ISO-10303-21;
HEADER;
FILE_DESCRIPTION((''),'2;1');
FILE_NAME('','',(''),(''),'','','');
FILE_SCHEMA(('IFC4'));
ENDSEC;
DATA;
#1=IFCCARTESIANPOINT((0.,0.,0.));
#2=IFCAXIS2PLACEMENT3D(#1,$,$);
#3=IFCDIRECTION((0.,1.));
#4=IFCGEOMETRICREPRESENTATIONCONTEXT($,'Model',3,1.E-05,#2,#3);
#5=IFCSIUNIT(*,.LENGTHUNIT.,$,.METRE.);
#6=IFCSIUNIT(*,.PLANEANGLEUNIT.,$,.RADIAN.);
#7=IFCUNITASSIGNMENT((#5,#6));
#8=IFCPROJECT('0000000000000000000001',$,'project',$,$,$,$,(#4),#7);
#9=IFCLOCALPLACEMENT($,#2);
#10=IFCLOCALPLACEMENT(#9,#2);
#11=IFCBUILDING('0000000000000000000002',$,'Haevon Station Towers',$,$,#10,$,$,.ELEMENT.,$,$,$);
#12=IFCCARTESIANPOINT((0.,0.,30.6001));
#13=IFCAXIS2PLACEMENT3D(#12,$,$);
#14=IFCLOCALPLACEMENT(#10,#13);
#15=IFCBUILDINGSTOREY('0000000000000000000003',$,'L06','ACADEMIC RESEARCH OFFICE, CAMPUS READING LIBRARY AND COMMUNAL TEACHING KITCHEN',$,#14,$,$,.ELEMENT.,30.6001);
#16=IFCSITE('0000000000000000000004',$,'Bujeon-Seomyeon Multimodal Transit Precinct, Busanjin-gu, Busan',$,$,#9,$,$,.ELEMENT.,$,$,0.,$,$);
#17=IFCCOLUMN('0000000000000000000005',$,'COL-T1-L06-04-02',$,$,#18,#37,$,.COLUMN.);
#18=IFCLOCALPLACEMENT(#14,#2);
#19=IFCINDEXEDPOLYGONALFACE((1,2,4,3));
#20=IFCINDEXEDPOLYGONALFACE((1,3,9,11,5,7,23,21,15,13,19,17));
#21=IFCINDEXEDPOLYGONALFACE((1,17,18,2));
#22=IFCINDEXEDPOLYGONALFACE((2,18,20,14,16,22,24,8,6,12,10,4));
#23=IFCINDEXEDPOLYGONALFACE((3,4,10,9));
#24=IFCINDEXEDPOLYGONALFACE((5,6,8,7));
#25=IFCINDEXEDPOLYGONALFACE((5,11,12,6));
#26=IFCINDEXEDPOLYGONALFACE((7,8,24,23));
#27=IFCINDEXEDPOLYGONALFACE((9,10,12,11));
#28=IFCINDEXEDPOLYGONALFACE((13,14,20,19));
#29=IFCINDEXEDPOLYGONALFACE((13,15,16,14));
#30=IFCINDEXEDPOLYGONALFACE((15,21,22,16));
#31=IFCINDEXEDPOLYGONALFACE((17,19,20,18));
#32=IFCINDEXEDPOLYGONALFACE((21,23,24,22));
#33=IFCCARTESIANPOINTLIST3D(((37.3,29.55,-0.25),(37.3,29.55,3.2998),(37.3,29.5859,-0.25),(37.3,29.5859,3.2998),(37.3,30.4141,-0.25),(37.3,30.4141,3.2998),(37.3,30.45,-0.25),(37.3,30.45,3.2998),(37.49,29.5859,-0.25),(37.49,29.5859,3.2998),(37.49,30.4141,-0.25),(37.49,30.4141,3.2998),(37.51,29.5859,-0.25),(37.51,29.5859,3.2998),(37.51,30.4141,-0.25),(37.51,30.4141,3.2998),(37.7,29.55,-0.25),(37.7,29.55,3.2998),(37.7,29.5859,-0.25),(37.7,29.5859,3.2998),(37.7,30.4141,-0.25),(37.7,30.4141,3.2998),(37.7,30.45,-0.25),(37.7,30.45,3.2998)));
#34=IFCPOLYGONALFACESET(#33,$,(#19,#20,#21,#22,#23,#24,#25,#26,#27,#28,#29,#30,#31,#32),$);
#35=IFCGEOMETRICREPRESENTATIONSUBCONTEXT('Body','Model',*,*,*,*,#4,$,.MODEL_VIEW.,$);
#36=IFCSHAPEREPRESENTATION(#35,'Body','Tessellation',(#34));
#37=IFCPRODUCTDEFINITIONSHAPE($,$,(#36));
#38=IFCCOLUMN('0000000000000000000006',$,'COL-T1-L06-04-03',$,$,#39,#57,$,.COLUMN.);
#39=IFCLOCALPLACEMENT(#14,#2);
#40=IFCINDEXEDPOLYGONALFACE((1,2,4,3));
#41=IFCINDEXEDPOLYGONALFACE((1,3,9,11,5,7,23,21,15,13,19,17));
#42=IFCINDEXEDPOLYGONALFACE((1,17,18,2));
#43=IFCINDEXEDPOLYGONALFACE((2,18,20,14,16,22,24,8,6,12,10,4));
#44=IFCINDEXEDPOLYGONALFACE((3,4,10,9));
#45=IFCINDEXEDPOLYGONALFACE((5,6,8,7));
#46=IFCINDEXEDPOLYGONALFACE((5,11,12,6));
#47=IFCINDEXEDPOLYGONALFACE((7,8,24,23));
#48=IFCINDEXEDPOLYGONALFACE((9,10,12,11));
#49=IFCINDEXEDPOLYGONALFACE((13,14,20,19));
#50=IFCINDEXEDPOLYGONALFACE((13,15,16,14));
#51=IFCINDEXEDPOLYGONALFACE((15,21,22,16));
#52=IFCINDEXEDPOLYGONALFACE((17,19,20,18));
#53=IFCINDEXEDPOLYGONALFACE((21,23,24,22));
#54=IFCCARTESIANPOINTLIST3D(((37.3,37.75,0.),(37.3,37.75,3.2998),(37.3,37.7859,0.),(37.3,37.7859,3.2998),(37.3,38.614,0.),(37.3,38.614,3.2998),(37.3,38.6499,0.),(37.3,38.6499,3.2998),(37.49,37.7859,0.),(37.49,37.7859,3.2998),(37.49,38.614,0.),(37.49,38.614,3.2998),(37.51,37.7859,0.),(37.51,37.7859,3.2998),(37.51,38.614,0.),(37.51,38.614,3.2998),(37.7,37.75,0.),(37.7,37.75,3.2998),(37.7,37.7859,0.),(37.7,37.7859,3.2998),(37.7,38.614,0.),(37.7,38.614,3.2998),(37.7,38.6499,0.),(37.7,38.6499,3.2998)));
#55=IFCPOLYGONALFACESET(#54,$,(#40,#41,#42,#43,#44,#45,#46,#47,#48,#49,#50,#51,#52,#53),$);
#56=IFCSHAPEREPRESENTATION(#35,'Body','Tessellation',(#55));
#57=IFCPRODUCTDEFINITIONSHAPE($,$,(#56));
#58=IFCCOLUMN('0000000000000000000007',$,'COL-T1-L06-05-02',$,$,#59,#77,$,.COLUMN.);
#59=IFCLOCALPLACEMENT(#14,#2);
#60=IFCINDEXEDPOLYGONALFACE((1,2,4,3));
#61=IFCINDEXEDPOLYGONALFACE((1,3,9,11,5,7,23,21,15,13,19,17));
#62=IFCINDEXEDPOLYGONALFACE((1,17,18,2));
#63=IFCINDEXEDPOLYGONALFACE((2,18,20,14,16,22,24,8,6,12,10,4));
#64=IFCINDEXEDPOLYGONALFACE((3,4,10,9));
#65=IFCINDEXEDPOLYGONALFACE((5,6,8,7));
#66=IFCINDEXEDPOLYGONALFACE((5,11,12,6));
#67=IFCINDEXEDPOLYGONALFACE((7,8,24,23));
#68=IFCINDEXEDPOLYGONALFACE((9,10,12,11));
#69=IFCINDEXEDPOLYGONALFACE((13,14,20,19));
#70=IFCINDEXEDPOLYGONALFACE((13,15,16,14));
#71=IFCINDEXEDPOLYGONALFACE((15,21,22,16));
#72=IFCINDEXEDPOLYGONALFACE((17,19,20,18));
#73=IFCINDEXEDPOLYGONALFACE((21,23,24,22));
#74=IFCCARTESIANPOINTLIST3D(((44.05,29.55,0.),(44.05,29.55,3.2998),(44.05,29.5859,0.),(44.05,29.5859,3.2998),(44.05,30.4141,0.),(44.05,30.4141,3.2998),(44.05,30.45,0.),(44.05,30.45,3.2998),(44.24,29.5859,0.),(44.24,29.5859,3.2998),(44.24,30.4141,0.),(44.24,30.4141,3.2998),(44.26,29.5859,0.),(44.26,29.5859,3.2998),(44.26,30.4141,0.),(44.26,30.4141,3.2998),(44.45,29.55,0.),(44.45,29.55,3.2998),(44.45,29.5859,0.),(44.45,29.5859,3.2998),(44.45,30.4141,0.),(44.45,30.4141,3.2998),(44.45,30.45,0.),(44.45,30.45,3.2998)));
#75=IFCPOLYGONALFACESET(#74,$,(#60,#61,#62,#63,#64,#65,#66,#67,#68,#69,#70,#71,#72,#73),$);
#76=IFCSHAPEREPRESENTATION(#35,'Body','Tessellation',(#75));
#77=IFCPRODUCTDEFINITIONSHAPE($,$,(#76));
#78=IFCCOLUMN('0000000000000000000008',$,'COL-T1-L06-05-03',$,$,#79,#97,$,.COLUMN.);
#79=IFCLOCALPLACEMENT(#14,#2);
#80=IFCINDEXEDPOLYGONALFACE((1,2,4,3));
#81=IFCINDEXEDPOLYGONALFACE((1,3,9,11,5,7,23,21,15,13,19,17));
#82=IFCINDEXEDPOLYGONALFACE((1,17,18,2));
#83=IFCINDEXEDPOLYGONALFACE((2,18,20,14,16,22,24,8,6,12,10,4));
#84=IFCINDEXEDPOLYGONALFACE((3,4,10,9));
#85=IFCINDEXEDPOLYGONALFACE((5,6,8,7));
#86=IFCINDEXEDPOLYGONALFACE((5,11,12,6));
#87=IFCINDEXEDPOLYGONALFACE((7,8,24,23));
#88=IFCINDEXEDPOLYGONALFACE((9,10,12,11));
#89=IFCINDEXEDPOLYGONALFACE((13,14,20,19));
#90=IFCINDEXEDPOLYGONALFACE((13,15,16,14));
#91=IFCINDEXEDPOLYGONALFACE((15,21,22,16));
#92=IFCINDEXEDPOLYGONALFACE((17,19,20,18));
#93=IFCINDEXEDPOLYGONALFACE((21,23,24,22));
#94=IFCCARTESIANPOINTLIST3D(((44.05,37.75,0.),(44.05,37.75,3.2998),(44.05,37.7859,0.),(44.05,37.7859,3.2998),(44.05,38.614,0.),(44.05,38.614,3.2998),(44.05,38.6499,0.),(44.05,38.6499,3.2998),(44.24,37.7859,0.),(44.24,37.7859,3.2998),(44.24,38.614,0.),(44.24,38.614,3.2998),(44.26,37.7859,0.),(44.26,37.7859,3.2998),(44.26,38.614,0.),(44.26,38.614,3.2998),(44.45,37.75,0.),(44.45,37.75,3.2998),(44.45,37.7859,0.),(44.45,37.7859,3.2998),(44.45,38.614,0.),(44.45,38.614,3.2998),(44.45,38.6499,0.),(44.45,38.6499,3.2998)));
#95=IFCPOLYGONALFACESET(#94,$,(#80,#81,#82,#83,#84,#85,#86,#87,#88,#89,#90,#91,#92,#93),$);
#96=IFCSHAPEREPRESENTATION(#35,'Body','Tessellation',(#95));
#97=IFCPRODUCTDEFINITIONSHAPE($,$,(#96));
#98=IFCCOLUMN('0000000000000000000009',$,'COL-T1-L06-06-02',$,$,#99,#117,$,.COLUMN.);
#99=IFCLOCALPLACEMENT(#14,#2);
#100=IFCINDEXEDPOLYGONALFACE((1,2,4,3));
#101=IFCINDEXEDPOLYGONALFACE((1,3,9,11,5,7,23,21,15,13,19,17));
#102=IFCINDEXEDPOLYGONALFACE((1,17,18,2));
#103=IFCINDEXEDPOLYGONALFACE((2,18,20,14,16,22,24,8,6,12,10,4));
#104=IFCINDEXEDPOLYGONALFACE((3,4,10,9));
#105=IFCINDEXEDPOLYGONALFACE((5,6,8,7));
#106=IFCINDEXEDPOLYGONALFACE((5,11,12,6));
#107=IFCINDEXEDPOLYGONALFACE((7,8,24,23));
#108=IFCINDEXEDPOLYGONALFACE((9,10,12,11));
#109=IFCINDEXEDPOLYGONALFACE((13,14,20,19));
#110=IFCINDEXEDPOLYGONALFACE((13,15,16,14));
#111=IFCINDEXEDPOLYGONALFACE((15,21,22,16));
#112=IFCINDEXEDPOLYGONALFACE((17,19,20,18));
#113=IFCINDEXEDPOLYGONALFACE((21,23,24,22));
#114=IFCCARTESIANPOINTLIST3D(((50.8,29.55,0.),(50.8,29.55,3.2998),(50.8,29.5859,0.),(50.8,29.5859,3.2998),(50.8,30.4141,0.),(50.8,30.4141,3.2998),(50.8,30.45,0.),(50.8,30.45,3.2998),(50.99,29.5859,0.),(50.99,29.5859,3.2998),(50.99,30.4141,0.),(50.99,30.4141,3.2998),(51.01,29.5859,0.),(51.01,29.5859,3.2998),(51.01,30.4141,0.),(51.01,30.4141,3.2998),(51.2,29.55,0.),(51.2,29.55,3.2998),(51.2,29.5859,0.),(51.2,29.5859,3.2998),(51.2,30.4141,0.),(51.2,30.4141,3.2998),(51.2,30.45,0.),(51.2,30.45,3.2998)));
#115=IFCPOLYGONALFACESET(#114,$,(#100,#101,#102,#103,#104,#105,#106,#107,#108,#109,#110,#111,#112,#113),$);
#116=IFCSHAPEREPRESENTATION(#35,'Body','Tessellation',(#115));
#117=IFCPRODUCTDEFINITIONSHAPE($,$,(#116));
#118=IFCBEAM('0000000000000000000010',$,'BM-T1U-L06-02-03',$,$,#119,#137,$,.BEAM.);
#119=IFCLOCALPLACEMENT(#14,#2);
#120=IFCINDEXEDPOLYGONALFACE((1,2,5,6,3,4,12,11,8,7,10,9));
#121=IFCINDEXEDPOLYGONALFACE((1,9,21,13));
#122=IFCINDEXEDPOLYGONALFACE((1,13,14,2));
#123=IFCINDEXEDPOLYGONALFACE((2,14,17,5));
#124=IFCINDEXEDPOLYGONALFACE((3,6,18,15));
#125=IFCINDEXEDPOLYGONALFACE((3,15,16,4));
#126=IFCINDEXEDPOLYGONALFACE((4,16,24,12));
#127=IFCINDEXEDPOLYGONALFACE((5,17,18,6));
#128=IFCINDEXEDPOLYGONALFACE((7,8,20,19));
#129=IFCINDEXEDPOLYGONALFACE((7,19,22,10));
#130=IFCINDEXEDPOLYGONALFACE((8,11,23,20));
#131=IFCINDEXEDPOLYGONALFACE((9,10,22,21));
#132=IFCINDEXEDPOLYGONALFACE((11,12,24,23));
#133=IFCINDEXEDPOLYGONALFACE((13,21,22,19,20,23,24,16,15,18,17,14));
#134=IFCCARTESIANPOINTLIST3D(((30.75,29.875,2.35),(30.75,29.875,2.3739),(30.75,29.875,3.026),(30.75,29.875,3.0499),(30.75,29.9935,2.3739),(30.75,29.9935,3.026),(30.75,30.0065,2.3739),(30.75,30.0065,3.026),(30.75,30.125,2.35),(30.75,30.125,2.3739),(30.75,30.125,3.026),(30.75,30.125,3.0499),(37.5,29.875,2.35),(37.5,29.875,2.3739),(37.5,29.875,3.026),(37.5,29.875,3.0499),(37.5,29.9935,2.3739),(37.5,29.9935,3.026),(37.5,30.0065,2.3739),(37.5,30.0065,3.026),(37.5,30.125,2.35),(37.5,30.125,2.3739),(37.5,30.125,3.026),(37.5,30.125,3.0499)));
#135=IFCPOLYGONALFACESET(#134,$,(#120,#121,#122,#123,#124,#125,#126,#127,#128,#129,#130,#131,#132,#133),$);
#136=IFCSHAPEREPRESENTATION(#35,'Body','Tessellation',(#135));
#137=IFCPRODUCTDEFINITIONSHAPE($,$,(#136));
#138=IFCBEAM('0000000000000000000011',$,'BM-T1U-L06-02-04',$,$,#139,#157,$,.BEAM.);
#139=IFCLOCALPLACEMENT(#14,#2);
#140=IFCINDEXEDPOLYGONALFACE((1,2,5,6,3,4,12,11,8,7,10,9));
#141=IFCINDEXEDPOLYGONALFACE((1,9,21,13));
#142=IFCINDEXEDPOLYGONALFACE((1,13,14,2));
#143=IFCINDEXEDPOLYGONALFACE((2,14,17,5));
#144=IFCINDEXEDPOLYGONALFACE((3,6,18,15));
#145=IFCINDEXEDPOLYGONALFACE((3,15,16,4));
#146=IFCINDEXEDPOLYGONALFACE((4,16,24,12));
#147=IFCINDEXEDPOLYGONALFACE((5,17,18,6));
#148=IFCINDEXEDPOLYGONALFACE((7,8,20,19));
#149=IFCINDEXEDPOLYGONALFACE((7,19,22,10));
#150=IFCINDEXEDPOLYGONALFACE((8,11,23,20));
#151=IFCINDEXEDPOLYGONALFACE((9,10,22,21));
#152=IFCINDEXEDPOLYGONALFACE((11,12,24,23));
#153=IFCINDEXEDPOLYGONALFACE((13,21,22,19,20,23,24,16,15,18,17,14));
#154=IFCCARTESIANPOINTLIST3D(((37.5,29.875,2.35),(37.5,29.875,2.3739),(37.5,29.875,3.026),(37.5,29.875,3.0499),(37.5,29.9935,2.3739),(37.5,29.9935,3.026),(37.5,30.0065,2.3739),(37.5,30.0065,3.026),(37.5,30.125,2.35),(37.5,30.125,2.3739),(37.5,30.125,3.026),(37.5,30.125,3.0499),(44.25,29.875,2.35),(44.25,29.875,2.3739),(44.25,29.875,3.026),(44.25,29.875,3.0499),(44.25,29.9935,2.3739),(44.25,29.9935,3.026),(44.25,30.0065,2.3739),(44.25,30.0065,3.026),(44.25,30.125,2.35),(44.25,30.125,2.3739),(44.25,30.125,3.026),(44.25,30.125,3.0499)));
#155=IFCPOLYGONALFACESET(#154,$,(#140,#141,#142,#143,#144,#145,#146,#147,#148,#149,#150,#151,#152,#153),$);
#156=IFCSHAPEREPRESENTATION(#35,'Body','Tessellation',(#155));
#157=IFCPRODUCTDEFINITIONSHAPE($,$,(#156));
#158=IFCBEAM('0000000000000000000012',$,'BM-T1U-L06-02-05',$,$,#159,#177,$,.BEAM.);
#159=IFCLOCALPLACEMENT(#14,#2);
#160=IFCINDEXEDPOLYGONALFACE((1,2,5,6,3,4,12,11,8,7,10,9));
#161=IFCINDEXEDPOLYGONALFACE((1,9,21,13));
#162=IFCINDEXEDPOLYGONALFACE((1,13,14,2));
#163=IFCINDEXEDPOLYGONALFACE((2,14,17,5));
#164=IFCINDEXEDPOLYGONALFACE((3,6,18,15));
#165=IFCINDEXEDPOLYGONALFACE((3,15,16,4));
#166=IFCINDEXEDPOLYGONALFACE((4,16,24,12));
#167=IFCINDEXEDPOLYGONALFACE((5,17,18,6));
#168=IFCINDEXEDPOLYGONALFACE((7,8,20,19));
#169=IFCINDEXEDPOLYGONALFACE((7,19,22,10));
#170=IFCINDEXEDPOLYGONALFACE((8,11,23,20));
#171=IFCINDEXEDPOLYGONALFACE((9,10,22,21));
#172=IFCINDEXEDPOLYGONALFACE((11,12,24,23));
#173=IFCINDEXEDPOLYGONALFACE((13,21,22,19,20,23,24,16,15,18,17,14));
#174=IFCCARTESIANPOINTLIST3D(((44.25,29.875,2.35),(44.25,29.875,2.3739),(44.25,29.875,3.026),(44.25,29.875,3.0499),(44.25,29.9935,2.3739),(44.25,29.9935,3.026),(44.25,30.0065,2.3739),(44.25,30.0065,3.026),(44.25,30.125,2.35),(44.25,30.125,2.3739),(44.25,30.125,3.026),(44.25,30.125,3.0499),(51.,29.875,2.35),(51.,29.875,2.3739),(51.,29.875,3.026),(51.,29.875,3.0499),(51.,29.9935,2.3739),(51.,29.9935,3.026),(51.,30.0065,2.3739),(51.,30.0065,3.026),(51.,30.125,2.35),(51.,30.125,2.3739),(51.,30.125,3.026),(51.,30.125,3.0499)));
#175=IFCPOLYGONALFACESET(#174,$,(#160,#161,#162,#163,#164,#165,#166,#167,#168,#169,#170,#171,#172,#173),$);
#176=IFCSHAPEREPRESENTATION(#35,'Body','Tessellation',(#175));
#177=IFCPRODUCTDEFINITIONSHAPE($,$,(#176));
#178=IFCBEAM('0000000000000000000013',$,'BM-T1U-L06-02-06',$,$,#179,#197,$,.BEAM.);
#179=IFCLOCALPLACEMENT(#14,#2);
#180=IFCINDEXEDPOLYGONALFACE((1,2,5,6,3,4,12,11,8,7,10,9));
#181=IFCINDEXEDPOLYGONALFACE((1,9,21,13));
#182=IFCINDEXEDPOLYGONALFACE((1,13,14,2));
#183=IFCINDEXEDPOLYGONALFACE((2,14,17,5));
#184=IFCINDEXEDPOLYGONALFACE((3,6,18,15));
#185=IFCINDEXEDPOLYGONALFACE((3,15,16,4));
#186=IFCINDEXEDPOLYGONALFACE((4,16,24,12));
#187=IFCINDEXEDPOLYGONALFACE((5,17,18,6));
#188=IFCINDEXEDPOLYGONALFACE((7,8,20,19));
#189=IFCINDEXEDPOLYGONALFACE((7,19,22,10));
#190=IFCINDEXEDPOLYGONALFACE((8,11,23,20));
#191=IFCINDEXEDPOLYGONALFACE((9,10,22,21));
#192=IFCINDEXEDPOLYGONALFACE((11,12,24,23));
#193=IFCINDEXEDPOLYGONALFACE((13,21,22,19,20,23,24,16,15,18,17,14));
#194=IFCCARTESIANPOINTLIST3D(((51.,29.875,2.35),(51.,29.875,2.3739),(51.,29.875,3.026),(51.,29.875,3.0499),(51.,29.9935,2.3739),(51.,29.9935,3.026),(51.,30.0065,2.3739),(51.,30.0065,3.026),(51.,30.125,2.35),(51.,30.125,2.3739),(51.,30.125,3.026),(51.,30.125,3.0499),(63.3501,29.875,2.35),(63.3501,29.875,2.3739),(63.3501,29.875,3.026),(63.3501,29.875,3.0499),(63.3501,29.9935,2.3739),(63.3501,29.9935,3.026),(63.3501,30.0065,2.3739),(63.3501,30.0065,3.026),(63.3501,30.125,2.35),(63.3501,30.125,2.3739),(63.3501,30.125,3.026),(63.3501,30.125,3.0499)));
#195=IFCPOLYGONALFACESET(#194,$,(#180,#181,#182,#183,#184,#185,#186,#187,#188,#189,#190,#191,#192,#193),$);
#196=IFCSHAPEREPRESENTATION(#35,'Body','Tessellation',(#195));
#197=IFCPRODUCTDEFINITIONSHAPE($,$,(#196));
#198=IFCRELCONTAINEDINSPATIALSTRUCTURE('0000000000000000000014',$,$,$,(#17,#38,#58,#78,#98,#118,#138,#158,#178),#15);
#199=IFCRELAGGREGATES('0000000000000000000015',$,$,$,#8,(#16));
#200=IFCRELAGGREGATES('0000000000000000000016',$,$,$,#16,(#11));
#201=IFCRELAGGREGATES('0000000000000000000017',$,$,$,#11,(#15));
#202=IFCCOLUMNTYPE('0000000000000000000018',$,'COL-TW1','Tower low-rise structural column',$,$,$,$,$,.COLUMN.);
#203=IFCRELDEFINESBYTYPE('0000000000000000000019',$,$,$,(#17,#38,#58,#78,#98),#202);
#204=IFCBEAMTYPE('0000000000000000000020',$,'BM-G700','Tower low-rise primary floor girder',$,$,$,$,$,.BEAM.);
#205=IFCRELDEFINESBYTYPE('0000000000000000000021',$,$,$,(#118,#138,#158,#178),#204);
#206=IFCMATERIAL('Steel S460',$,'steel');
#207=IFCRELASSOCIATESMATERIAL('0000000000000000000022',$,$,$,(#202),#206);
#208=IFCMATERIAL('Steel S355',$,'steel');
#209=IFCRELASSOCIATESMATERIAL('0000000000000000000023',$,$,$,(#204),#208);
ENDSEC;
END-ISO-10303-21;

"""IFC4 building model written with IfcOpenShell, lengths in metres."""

from ifc_helpers import new_model, si_unit, direction, frame, origin, origin_2d, place, context, subcontext, project, spatial, i_section, extrude, material, material_profile, profile_set, type_object, element, save


model = new_model("IFC4")

# Units and contexts
model_context = context("Model", 3, precision=1e-05, world=origin(), true_north=direction((0.0, 1.0)))
body_context = subcontext(model_context, "Body", "Model", "MODEL_VIEW")
ifc_project = project(units=[si_unit("LENGTHUNIT", "METRE"), si_unit("PLANEANGLEUNIT", "RADIAN")], contexts=[model_context])

# Site, building, storey
site_placement = place(None, origin())
site = spatial("IfcSite", under=ifc_project, at=site_placement, Name="Bujeon-Seomyeon Multimodal Transit Precinct, Busanjin-gu, Busan", CompositionType="ELEMENT", RefElevation=0.0)
building_placement = place(site_placement, origin())
building = spatial("IfcBuilding", under=site, at=building_placement, Name="Haevon Station Towers", CompositionType="ELEMENT")
storey_placement = place(building_placement, frame((0.0, 0.0, 30.6001)))
storey = spatial("IfcBuildingStorey", under=building, at=storey_placement, Name="L06", Description="ACADEMIC RESEARCH OFFICE, CAMPUS READING LIBRARY AND COMMUNAL TEACHING KITCHEN", CompositionType="ELEMENT", Elevation=30.6001)

# Columns
ifc_material_1 = material(Name="Steel S460", Category="steel")
ifc_material_profile_1 = material_profile(ifc_material_1, i_section(OverallWidth=0.3999, OverallDepth=0.8999, WebThickness=0.02, FlangeThickness=0.0359, at=origin_2d()), Name="H-900x400x20x36")
ifc_profile_set_1 = profile_set([ifc_material_profile_1], Name="Steel S460")
column_type = type_object("IfcColumnType", Name="COL-TW1", Description="Tower low-rise structural column", PredefinedType="COLUMN", material=ifc_profile_set_1)
column_placement = place(storey_placement, frame((37.5, 30.0, -0.25), z_axis=(0.0, 0.0, 1.0), x_axis=(1.0, 0.0, 0.0)))
element("IfcColumn", 1, at=column_placement, inside=storey, type_object=column_type, Name="COL-T1-L06-04-02", PredefinedType="COLUMN", context=body_context, shape_type="SweptSolid", body=[
    extrude(i_section(OverallWidth=0.3999, OverallDepth=0.8999, WebThickness=0.02, FlangeThickness=0.0359, at=origin_2d()), origin(), (0.0, 0.0, 1.0), 3.5498),
])
for number, where, z_axis, x_axis, name in (
    (2, (37.5, 38.2, 0.0), (0.0, 0.0, 1.0), (1.0, 0.0, 0.0), "COL-T1-L06-04-03"),
    (3, (44.25, 30.0, 0.0), (0.0, 0.0, 1.0), (1.0, 0.0, 0.0), "COL-T1-L06-05-02"),
    (4, (44.25, 38.2, 0.0), (0.0, 0.0, 1.0), (1.0, 0.0, 0.0), "COL-T1-L06-05-03"),
    (5, (51.0, 30.0, 0.0), (0.0, 0.0, 1.0), (1.0, 0.0, 0.0), "COL-T1-L06-06-02"),
):
    element("IfcColumn", number, at=place(storey_placement, frame(where, z_axis=z_axis, x_axis=x_axis)), inside=storey, type_object=column_type, Name=name, PredefinedType="COLUMN", context=body_context, shape_type="SweptSolid", body=[
        extrude(i_section(OverallWidth=0.3999, OverallDepth=0.8999, WebThickness=0.02, FlangeThickness=0.0359, at=origin_2d()), origin(), (0.0, 0.0, 1.0), 3.2998),
    ])

# Beams
ifc_material_2 = material(Name="Steel S355", Category="steel")
ifc_material_profile_2 = material_profile(ifc_material_2, i_section(OverallWidth=0.25, OverallDepth=0.7, WebThickness=0.0129, FlangeThickness=0.0239, at=origin_2d()), Name="H-700x250x13x24")
ifc_profile_set_2 = profile_set([ifc_material_profile_2], Name="Steel S355")
beam_type_1 = type_object("IfcBeamType", Name="BM-G700", Description="Tower low-rise primary floor girder", PredefinedType="BEAM", material=ifc_profile_set_2)
for number, where, z_axis, x_axis, name in (
    (6, (30.75, 30.0, 2.7), (1.0, 0.0, 0.0), (0.0, 1.0, 0.0), "BM-T1U-L06-02-03"),
    (7, (37.5, 30.0, 2.7), (1.0, 0.0, 0.0), (0.0, 1.0, 0.0), "BM-T1U-L06-02-04"),
    (8, (44.25, 30.0, 2.7), (1.0, 0.0, 0.0), (0.0, 1.0, 0.0), "BM-T1U-L06-02-05"),
):
    element("IfcBeam", number, at=place(storey_placement, frame(where, z_axis=z_axis, x_axis=x_axis)), inside=storey, type_object=beam_type_1, Name=name, PredefinedType="BEAM", context=body_context, shape_type="SweptSolid", body=[
        extrude(i_section(OverallWidth=0.25, OverallDepth=0.7, WebThickness=0.0129, FlangeThickness=0.0239, at=origin_2d()), origin(), (0.0, 0.0, 1.0), 6.75),
    ])
beam_1_placement = place(storey_placement, frame((51.0, 30.0, 2.7), z_axis=(1.0, 0.0, 0.0), x_axis=(0.0, 1.0, 0.0)))
element("IfcBeam", 9, at=beam_1_placement, inside=storey, type_object=beam_type_1, Name="BM-T1U-L06-02-06", PredefinedType="BEAM", context=body_context, shape_type="SweptSolid", body=[
    extrude(i_section(OverallWidth=0.25, OverallDepth=0.7, WebThickness=0.0129, FlangeThickness=0.0239, at=origin_2d()), origin(), (0.0, 0.0, 1.0), 12.3501),
])

save(model, "model.ifc")
